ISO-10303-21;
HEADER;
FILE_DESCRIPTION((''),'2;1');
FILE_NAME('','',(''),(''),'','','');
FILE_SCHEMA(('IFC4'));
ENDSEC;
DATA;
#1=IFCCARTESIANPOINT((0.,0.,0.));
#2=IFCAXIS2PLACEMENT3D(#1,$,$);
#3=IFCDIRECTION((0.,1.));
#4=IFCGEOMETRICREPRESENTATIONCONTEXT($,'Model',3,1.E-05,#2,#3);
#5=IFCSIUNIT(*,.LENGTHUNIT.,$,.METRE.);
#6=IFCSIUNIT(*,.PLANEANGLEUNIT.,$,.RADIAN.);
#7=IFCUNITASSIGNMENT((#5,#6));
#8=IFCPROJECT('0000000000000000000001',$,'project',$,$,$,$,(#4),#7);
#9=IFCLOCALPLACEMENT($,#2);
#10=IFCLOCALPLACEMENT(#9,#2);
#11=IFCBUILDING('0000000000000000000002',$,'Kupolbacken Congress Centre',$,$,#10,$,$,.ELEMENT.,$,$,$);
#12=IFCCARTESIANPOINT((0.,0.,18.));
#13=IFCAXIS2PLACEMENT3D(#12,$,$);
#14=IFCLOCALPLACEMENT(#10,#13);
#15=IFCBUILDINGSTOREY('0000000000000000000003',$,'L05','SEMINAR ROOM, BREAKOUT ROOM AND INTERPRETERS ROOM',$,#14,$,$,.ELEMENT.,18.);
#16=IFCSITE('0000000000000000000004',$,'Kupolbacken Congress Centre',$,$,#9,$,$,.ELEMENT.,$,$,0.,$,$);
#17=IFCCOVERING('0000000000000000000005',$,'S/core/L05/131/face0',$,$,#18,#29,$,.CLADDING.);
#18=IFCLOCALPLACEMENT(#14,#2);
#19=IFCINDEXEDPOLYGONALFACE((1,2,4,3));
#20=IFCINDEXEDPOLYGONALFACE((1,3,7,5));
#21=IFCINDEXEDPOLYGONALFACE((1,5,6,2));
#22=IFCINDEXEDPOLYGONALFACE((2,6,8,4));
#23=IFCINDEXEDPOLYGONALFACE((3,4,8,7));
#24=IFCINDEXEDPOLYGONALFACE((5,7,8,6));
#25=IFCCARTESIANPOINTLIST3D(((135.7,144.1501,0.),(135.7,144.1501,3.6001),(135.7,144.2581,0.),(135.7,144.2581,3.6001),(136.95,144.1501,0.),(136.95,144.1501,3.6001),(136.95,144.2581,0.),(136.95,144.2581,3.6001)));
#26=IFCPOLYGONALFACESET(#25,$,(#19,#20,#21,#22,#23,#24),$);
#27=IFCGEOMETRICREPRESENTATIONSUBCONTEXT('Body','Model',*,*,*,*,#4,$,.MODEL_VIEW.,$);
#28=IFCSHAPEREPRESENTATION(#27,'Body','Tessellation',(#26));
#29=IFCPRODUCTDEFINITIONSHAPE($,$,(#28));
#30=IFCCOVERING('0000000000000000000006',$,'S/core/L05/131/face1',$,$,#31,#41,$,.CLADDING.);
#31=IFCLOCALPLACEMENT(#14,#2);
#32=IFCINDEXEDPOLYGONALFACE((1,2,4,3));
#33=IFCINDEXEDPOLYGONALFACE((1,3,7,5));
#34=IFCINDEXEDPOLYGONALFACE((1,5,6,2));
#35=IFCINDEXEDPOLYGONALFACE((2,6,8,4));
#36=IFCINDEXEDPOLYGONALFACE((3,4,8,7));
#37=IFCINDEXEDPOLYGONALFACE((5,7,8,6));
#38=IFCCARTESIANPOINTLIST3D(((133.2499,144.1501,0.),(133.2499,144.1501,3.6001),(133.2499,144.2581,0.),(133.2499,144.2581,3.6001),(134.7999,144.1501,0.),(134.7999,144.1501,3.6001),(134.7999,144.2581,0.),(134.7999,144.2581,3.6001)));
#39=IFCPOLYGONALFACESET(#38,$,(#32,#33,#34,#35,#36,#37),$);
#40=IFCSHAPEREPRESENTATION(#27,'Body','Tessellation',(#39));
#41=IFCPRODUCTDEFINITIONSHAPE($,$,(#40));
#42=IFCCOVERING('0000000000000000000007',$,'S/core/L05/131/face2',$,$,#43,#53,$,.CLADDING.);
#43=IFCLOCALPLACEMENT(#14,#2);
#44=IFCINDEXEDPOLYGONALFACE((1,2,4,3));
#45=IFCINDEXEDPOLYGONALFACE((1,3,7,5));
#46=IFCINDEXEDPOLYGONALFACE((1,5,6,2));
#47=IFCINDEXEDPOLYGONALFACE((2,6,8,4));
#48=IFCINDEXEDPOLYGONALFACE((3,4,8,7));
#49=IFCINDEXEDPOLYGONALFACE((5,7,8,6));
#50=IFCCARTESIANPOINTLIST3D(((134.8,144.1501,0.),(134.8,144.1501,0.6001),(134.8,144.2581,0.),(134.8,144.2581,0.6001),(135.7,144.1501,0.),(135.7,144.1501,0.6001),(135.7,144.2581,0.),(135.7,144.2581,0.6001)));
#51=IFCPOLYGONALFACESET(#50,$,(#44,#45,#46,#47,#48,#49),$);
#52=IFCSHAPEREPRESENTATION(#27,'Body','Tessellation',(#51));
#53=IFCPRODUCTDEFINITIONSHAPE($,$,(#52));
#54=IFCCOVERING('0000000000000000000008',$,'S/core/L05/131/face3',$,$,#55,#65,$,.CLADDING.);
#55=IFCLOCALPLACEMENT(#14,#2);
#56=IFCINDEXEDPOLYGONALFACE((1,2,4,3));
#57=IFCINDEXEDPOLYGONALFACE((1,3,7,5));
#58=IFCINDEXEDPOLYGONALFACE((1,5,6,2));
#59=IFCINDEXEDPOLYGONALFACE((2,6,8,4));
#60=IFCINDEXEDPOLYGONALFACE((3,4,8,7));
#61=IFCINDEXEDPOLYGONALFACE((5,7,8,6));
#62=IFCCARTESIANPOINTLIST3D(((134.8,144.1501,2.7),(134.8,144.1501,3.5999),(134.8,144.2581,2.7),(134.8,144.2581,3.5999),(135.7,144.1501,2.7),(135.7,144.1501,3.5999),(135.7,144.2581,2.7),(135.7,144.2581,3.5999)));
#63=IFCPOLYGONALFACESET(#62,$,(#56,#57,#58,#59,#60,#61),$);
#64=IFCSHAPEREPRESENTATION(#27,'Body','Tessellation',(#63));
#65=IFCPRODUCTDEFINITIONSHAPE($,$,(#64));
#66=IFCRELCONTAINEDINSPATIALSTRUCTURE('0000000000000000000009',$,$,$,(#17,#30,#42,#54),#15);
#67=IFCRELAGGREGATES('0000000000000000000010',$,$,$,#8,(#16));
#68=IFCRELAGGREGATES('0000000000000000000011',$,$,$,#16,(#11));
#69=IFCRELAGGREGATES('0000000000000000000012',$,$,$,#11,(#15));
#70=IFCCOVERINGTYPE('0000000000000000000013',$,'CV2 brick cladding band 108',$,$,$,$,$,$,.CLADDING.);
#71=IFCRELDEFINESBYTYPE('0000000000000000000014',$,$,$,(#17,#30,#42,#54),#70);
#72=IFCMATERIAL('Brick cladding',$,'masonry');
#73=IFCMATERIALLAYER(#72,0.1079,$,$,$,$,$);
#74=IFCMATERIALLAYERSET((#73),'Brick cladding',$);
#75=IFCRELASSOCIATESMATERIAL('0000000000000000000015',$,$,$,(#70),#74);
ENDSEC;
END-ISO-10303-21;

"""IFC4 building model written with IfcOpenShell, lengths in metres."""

from ifc_helpers import new_model, si_unit, direction, frame, origin, origin_2d, place, context, subcontext, project, spatial, rectangle, extrude, material, layer, layer_set, type_object, element, save


model = new_model("IFC4")

# Units and contexts
model_context = context("Model", 3, precision=1e-05, world=origin(), true_north=direction((0.0, 1.0)))
body_context = subcontext(model_context, "Body", "Model", "MODEL_VIEW")
ifc_project = project(units=[si_unit("LENGTHUNIT", "METRE"), si_unit("PLANEANGLEUNIT", "RADIAN")], contexts=[model_context])

# Site, building, storey
site_placement = place(None, origin())
site = spatial("IfcSite", under=ifc_project, at=site_placement, Name="Kupolbacken Congress Centre", CompositionType="ELEMENT", RefElevation=0.0)
building_placement = place(site_placement, origin())
building = spatial("IfcBuilding", under=site, at=building_placement, Name="Kupolbacken Congress Centre", CompositionType="ELEMENT")
storey_placement = place(building_placement, frame((0.0, 0.0, 18.0)))
storey = spatial("IfcBuildingStorey", under=building, at=storey_placement, Name="L05", Description="SEMINAR ROOM, BREAKOUT ROOM AND INTERPRETERS ROOM", CompositionType="ELEMENT", Elevation=18.0)

# Coverings
ifc_material_1 = material(Name="Brick cladding", Category="masonry")
ifc_layer_1 = layer(ifc_material_1, 0.1079)
ifc_layer_set_1 = layer_set([ifc_layer_1], Name="Brick cladding")
covering_type_1 = type_object("IfcCoveringType", Name="CV2 brick cladding band 108", PredefinedType="CLADDING", material=ifc_layer_set_1)
covering_1_placement = place(storey_placement, frame((136.325, 144.2041, 0.0), z_axis=(0.0, 0.0, 1.0), x_axis=(-1.0, 0.0, 0.0)))
element("IfcCovering", 1, at=covering_1_placement, inside=storey, type_object=covering_type_1, Name="S/core/L05/131/face0", PredefinedType="CLADDING", context=body_context, shape_type="SweptSolid", body=[
    extrude(rectangle(XDim=1.25, YDim=0.1079, at=origin_2d()), origin(), (0.0, 0.0, 1.0), 3.6001),
])
covering_2_placement = place(storey_placement, frame((134.0249, 144.2041, 0.0), z_axis=(0.0, 0.0, 1.0), x_axis=(-1.0, 0.0, 0.0)))
element("IfcCovering", 2, at=covering_2_placement, inside=storey, type_object=covering_type_1, Name="S/core/L05/131/face1", PredefinedType="CLADDING", context=body_context, shape_type="SweptSolid", body=[
    extrude(rectangle(XDim=1.55, YDim=0.1079, at=origin_2d()), origin(), (0.0, 0.0, 1.0), 3.6001),
])
covering_3_placement = place(storey_placement, frame((135.25, 144.2041, 0.0), z_axis=(0.0, 0.0, 1.0), x_axis=(-1.0, 0.0, 0.0)))
element("IfcCovering", 3, at=covering_3_placement, inside=storey, type_object=covering_type_1, Name="S/core/L05/131/face2", PredefinedType="CLADDING", context=body_context, shape_type="SweptSolid", body=[
    extrude(rectangle(XDim=0.8999, YDim=0.1079, at=origin_2d()), origin(), (0.0, 0.0, 1.0), 0.6001),
])
covering_4_placement = place(storey_placement, frame((135.25, 144.2041, 2.7), z_axis=(0.0, 0.0, 1.0), x_axis=(-1.0, 0.0, 0.0)))
element("IfcCovering", 4, at=covering_4_placement, inside=storey, type_object=covering_type_1, Name="S/core/L05/131/face3", PredefinedType="CLADDING", context=body_context, shape_type="SweptSolid", body=[
    extrude(rectangle(XDim=0.8999, YDim=0.1079, at=origin_2d()), origin(), (0.0, 0.0, 1.0), 0.8999),
])

save(model, "model.ifc")
